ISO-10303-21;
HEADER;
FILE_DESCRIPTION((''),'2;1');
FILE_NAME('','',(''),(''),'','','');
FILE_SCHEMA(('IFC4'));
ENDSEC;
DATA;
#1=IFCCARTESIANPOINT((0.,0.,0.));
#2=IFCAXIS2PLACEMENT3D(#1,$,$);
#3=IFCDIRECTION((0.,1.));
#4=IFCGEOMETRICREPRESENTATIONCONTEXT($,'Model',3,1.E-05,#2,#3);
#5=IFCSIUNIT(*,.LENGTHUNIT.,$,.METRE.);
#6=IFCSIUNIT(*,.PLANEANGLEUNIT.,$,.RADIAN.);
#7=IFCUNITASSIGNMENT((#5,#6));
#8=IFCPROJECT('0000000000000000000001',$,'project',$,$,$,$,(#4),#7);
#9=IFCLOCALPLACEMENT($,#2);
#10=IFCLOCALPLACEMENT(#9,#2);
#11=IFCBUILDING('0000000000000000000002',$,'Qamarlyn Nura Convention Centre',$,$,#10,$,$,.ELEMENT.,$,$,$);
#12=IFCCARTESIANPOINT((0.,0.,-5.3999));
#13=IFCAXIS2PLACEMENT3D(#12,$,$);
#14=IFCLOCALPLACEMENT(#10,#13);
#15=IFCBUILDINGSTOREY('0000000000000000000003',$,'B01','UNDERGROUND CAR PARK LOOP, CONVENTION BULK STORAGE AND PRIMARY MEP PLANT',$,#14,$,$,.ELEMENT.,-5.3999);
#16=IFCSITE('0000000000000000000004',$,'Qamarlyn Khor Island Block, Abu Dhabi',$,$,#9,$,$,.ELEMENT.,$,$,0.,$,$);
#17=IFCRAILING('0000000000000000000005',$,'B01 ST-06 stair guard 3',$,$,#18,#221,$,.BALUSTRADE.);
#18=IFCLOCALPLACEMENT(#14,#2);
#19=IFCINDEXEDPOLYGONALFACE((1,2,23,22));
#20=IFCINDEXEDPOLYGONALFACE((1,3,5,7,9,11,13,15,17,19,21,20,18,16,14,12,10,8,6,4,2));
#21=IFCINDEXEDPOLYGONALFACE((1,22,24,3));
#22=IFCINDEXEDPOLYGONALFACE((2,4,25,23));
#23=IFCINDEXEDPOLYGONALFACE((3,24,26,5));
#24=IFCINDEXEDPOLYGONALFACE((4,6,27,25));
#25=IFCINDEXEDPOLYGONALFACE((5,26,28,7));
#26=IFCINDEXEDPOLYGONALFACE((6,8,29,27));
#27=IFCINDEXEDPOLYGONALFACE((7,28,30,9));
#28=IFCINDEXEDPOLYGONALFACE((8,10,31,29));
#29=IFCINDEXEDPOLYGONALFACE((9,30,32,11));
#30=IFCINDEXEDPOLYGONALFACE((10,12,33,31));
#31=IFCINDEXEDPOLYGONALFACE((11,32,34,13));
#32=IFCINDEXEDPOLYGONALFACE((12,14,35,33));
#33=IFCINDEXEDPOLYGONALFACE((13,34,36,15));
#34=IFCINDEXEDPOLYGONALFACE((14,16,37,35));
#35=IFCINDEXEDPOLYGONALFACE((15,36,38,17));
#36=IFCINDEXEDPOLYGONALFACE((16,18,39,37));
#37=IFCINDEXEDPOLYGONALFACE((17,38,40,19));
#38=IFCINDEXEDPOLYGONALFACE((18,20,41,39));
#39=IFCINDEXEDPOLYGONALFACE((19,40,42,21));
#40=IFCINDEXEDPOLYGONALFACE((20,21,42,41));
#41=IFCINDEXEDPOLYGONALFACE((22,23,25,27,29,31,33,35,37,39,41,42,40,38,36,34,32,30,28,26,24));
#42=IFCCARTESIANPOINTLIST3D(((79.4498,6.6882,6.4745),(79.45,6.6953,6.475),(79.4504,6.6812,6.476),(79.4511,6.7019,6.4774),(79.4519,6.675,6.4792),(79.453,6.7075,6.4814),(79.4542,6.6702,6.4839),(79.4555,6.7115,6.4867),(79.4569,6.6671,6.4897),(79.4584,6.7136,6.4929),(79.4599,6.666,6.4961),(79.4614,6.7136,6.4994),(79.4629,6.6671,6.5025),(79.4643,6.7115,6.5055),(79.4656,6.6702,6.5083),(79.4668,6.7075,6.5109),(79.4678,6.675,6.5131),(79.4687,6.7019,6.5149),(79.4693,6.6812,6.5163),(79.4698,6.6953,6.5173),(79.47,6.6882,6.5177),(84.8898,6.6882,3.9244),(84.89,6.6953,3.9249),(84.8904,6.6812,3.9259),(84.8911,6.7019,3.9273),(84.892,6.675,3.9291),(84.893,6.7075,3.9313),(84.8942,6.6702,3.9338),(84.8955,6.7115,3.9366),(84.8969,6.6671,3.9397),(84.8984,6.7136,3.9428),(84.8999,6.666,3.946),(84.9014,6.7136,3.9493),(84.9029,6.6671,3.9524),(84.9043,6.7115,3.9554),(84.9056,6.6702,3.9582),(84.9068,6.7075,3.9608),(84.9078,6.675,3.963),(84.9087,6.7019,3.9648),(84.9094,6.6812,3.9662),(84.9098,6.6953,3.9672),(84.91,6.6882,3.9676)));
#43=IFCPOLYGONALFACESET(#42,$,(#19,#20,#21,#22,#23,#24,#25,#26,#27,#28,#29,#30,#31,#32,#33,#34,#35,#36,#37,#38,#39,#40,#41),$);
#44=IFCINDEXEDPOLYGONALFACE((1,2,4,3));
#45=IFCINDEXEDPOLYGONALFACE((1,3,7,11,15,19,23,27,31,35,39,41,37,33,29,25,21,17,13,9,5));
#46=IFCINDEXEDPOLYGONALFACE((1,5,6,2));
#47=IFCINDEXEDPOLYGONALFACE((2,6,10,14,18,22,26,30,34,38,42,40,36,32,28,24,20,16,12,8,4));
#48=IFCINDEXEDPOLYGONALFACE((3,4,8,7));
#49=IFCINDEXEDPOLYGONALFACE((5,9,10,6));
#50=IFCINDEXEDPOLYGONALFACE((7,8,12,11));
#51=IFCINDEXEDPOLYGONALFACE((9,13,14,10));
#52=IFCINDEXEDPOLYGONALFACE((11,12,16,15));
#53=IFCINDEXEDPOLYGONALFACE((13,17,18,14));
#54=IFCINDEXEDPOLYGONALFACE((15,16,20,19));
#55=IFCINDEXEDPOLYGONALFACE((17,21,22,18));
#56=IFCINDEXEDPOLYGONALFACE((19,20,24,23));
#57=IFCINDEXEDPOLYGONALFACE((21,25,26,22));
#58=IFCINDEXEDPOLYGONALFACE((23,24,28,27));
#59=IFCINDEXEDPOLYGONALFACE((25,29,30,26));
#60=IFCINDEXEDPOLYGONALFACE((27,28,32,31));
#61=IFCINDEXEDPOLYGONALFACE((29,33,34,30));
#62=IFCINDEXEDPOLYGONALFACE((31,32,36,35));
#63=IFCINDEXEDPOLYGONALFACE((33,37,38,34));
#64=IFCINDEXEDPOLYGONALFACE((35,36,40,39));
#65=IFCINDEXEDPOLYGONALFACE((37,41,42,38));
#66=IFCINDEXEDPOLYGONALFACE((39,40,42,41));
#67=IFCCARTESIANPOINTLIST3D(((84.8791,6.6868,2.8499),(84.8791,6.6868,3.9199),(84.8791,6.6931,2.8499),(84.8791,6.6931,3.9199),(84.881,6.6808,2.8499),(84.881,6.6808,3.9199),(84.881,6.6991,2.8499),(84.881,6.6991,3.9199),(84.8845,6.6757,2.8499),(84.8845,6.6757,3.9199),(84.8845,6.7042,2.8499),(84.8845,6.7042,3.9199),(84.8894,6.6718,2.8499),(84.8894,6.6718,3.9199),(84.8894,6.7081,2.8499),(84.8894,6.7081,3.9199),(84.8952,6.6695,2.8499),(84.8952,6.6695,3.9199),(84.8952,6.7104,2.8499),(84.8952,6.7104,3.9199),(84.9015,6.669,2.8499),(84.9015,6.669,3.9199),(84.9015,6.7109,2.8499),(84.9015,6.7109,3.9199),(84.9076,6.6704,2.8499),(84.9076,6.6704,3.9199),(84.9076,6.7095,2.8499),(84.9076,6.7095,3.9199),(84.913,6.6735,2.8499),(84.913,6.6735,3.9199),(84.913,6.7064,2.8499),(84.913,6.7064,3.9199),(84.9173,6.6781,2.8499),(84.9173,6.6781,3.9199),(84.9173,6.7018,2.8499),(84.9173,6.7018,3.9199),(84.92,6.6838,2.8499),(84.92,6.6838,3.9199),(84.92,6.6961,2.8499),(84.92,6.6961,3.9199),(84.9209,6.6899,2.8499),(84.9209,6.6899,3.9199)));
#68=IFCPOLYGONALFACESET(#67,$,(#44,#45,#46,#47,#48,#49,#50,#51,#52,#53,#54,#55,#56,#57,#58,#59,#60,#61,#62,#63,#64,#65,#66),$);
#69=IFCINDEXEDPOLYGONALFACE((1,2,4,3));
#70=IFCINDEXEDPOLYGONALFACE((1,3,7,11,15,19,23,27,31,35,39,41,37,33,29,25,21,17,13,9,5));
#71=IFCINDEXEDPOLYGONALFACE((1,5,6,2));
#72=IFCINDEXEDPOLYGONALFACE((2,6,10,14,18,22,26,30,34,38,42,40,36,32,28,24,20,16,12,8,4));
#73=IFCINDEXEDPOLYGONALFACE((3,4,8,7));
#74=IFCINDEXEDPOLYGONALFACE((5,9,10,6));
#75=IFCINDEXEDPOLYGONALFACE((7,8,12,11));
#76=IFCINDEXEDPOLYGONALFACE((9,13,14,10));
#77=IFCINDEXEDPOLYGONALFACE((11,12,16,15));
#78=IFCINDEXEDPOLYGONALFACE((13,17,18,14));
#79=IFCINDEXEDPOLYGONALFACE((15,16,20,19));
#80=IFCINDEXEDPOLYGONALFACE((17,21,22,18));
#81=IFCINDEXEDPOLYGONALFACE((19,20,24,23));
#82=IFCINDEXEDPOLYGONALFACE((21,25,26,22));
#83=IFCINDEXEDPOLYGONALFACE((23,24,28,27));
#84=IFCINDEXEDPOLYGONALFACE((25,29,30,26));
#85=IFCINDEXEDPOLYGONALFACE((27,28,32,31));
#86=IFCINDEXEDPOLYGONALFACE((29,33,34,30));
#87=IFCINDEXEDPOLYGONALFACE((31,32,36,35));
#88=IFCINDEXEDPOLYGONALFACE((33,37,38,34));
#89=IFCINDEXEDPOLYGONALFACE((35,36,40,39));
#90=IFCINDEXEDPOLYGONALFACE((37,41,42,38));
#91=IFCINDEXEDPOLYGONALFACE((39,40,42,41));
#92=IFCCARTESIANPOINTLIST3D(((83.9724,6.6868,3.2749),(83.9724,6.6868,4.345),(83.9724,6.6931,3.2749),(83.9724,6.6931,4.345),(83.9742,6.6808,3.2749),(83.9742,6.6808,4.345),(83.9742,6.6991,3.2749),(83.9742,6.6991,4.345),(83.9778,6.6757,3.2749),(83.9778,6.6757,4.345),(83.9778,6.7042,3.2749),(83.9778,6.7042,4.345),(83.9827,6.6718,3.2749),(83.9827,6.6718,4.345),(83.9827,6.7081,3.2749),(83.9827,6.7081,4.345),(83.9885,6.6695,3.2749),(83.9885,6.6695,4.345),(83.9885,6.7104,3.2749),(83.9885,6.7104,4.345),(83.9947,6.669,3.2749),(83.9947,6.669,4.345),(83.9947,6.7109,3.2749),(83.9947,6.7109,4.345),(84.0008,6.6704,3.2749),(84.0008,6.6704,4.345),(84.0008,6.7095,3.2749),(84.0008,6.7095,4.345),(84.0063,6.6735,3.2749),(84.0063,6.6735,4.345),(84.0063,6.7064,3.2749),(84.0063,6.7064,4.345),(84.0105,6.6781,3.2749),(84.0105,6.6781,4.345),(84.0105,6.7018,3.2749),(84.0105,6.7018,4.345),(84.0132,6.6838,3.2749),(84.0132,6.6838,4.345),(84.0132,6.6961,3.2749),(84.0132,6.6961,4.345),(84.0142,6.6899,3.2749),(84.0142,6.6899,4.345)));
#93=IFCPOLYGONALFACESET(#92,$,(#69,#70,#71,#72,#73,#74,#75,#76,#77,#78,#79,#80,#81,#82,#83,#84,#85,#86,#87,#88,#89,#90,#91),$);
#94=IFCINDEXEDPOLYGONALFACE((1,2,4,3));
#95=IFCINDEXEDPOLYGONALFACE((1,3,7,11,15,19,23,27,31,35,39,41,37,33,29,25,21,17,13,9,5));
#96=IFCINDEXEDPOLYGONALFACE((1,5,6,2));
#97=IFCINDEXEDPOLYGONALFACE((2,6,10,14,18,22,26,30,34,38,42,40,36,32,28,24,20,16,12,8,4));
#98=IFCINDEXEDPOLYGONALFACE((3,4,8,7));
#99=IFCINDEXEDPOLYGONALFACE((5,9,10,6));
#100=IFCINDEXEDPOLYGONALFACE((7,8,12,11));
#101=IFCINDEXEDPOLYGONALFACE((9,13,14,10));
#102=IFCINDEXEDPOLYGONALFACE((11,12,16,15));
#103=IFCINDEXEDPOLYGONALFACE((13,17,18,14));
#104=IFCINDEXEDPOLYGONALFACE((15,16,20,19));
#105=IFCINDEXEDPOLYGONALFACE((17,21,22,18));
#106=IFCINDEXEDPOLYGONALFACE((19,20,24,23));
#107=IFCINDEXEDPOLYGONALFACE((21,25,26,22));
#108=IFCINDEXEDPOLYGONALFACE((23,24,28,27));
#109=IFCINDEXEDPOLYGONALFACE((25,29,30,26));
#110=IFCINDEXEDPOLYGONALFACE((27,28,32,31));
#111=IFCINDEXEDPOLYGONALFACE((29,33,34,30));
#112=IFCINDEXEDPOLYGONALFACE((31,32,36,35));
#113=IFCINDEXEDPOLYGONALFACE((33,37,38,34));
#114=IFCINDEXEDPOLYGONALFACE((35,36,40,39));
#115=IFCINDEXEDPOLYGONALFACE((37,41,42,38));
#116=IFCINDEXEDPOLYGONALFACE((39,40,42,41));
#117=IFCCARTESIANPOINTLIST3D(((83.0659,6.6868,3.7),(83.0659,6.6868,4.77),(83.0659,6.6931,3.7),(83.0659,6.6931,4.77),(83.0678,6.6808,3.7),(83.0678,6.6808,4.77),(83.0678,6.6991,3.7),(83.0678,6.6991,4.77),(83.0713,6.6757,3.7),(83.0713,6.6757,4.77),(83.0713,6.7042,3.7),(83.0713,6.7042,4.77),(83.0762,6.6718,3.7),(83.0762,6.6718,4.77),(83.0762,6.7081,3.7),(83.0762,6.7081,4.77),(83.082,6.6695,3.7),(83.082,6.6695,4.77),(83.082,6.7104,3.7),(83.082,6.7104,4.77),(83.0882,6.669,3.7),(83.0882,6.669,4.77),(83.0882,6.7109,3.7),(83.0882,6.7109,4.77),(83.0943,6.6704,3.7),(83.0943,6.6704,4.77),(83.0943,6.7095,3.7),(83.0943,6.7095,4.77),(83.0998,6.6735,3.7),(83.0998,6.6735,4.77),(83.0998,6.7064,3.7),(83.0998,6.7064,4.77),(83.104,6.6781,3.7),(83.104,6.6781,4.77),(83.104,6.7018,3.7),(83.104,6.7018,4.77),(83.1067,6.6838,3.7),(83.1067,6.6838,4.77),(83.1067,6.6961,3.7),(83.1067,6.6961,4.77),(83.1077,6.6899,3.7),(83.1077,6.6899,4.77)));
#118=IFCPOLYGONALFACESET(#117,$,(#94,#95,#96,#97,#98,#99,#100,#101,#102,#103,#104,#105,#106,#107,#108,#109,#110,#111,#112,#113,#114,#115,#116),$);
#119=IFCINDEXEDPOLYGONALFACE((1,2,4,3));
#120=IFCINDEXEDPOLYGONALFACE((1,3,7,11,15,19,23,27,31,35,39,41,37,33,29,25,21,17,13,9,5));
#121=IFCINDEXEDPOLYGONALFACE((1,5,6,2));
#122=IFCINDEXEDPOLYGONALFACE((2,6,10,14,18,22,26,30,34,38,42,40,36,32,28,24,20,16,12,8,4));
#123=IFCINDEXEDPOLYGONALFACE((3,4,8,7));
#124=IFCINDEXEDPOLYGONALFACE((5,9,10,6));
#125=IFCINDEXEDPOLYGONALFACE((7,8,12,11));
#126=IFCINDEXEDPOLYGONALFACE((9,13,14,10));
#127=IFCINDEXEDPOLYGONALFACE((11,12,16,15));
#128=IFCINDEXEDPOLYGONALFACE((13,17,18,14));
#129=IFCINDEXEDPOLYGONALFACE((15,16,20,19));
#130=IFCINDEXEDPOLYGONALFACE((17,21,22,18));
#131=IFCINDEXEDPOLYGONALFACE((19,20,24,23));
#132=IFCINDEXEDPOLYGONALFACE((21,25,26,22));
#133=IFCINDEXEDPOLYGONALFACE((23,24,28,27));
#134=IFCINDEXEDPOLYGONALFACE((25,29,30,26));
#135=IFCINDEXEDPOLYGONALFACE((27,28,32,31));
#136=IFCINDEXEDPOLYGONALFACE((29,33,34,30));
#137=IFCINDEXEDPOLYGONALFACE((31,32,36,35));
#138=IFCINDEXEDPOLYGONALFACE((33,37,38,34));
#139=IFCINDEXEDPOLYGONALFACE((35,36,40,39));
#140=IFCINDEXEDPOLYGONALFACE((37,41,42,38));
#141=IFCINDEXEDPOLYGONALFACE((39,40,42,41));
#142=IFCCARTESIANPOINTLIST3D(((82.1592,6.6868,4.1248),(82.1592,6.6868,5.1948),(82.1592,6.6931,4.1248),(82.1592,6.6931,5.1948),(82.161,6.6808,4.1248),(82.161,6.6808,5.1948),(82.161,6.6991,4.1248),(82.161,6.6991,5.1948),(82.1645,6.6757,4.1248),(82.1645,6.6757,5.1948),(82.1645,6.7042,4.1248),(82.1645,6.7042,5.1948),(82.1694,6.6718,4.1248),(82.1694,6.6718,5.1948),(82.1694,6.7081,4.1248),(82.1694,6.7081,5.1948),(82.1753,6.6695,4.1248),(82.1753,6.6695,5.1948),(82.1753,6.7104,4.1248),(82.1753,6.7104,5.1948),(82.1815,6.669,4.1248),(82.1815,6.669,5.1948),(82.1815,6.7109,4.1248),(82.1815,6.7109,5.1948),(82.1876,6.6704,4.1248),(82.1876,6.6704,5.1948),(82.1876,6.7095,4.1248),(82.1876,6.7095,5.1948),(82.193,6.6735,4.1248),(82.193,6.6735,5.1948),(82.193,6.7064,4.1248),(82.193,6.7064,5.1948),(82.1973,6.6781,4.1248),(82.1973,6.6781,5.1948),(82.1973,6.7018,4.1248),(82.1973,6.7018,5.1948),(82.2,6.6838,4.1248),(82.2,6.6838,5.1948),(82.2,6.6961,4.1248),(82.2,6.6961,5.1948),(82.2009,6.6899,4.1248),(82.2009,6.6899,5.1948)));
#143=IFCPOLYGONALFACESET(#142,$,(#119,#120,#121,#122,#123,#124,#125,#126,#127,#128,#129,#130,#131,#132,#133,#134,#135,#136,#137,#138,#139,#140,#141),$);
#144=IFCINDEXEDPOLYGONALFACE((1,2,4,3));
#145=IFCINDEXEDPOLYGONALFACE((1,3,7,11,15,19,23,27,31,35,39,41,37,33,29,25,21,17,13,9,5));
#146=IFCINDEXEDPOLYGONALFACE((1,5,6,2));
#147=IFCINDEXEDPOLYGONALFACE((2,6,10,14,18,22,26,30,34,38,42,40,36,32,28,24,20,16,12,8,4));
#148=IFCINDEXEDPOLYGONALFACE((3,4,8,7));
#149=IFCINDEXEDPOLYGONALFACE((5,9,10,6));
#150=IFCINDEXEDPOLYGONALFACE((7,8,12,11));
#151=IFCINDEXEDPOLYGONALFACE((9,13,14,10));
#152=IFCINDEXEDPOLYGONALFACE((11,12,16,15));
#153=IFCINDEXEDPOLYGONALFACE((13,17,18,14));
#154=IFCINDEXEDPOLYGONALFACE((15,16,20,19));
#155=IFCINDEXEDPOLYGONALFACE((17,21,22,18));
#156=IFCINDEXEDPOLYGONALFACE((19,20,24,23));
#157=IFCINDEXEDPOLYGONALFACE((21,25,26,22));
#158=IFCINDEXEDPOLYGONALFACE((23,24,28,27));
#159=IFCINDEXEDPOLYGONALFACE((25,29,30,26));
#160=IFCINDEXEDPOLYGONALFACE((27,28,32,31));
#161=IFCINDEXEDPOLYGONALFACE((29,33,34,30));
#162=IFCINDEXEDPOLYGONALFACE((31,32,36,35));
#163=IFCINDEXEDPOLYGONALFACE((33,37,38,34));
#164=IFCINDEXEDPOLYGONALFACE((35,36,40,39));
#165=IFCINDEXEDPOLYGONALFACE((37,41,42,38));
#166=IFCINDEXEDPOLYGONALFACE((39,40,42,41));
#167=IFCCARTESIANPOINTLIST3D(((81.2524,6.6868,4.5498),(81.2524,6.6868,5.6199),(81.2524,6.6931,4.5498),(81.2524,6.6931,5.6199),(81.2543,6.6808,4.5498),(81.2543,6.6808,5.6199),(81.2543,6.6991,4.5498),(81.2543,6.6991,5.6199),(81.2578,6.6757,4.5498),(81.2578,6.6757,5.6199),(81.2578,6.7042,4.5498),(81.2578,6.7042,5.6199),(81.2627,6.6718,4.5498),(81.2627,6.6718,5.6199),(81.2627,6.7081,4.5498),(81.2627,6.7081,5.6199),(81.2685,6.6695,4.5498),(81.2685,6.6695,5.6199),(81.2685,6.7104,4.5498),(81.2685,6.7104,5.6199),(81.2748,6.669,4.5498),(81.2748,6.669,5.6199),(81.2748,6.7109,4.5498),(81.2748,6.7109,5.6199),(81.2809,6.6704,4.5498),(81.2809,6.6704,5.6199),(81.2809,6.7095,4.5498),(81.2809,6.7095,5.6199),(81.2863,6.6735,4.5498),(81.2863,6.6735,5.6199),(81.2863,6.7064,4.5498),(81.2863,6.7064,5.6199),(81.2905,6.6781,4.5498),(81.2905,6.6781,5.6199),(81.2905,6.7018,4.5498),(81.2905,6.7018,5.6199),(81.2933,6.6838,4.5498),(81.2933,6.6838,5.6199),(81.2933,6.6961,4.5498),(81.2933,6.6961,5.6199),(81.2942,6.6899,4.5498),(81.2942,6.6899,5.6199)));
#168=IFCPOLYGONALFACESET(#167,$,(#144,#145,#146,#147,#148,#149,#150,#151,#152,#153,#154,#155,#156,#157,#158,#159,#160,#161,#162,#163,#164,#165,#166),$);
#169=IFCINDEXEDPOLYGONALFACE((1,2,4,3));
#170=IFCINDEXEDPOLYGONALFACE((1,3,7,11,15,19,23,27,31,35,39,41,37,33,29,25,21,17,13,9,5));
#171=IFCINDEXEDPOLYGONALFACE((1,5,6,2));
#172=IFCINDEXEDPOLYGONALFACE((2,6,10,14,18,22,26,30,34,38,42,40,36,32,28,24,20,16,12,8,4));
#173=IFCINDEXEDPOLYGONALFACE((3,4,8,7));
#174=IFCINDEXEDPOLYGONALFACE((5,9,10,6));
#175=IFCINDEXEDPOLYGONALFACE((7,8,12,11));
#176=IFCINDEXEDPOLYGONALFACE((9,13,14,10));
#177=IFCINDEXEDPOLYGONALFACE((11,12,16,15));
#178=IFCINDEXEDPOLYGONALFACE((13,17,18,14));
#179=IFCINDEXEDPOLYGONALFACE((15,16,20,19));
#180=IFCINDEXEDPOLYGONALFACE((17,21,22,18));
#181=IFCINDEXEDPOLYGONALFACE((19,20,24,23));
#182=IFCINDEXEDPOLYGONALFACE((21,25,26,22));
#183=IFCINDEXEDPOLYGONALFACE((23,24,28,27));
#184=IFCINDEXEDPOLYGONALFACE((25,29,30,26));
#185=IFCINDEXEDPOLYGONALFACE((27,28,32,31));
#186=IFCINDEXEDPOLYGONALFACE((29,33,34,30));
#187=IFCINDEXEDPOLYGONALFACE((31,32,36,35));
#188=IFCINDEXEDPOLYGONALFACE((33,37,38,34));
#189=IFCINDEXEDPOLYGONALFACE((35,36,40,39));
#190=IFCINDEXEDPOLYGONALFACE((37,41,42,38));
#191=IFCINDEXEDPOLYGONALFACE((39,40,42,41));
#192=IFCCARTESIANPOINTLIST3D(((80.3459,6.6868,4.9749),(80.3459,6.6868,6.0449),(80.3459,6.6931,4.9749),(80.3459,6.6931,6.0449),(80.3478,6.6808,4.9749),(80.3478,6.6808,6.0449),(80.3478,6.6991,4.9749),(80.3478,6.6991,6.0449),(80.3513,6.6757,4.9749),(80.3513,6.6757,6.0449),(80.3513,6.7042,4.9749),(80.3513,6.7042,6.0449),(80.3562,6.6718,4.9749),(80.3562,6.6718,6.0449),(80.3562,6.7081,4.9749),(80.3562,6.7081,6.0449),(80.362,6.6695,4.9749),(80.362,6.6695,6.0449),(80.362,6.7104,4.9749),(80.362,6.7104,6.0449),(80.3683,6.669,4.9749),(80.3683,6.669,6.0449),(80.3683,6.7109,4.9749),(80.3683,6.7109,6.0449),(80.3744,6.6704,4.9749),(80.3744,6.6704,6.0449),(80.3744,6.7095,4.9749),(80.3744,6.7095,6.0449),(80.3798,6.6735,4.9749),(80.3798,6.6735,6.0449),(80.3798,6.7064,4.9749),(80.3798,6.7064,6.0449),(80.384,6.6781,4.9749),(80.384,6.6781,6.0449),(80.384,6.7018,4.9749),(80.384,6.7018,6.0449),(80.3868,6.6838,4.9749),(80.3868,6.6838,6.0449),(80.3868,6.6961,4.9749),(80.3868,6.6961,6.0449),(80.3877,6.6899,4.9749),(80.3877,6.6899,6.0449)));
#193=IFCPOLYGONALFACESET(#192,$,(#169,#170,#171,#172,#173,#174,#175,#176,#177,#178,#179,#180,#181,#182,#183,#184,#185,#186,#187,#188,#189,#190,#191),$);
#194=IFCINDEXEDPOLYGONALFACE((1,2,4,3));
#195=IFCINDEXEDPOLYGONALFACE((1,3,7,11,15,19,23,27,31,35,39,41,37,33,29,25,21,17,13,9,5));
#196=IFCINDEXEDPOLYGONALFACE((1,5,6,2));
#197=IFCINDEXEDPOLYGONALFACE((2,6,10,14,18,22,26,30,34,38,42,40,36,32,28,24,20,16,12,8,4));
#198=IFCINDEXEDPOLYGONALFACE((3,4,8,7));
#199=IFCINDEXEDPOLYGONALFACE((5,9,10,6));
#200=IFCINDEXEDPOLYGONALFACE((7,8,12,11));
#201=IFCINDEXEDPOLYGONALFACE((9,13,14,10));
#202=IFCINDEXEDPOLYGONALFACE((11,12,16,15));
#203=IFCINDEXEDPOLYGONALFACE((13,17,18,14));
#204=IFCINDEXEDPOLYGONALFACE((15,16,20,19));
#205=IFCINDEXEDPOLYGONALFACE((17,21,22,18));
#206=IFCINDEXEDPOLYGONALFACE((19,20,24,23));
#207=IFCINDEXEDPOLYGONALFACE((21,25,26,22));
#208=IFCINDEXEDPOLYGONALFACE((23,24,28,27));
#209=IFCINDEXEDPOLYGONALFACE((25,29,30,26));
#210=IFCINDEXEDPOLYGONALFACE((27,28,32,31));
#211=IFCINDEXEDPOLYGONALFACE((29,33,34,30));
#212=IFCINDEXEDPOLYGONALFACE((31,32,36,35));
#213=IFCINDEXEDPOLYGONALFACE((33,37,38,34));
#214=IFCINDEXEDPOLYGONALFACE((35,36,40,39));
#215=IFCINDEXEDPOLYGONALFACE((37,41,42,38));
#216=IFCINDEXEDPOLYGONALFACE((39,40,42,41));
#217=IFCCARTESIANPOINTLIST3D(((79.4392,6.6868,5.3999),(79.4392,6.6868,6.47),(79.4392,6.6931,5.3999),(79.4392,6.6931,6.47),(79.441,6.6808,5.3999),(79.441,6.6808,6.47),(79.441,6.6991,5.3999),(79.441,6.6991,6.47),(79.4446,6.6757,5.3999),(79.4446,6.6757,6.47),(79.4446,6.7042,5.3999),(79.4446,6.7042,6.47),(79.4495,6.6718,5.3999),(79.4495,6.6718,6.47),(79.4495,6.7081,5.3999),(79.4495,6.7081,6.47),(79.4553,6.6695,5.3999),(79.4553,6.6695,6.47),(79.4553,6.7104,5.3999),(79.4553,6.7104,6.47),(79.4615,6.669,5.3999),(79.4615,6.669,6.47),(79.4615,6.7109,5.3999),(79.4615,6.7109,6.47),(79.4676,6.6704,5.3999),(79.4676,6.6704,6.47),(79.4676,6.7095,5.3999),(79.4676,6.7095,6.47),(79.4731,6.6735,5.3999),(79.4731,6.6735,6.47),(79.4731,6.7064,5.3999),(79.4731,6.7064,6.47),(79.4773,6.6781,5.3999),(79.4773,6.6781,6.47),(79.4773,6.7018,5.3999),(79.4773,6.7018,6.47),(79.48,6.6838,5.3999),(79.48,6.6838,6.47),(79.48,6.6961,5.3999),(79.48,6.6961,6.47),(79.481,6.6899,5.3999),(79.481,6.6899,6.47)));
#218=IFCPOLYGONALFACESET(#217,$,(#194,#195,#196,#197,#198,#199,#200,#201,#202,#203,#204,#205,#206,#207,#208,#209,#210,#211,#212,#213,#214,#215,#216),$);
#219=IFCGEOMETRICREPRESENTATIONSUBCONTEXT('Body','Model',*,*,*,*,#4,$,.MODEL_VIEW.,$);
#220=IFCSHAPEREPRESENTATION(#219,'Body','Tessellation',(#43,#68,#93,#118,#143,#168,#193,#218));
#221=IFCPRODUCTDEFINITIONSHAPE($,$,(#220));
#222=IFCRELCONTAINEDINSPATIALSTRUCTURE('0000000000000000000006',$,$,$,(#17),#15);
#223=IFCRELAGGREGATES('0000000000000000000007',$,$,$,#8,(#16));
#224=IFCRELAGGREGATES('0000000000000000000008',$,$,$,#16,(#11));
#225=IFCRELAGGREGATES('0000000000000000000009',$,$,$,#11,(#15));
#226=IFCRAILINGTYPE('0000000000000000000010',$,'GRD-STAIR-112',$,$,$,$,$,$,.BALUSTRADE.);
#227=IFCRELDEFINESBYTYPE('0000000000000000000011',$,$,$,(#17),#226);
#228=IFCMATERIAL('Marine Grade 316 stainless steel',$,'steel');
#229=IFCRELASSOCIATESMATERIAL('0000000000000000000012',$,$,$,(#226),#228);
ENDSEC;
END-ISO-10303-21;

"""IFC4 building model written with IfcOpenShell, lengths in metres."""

from ifc_helpers import new_model, si_unit, direction, frame, origin, origin_2d, place, context, subcontext, project, spatial, circle, extrude, material, type_object, element, save


model = new_model("IFC4")

# Units and contexts
model_context = context("Model", 3, precision=1e-05, world=origin(), true_north=direction((0.0, 1.0)))
body_context = subcontext(model_context, "Body", "Model", "MODEL_VIEW")
ifc_project = project(units=[si_unit("LENGTHUNIT", "METRE"), si_unit("PLANEANGLEUNIT", "RADIAN")], contexts=[model_context])

# Site, building, storey
site_placement = place(None, origin())
site = spatial("IfcSite", under=ifc_project, at=site_placement, Name="Qamarlyn Khor Island Block, Abu Dhabi", CompositionType="ELEMENT", RefElevation=0.0)
building_placement = place(site_placement, origin())
building = spatial("IfcBuilding", under=site, at=building_placement, Name="Qamarlyn Nura Convention Centre", CompositionType="ELEMENT")
storey_placement = place(building_placement, frame((0.0, 0.0, -5.3999)))
storey = spatial("IfcBuildingStorey", under=building, at=storey_placement, Name="B01", Description="UNDERGROUND CAR PARK LOOP, CONVENTION BULK STORAGE AND PRIMARY MEP PLANT", CompositionType="ELEMENT", Elevation=-5.3999)

# Railing
ifc_material_1 = material(Name="Marine Grade 316 stainless steel", Category="steel")
railing_type_1 = type_object("IfcRailingType", Name="GRD-STAIR-112", PredefinedType="BALUSTRADE", material=ifc_material_1)
railing_1_placement = place(storey_placement, frame((84.8999, 6.6899, 2.8499)))
element("IfcRailing", 1, at=railing_1_placement, inside=storey, type_object=railing_type_1, Name="B01 ST-06 stair guard 3", PredefinedType="BALUSTRADE", context=body_context, shape_type="SweptSolid", body=[
    extrude(circle(Radius=0.0239, at=origin_2d()), frame((0.0, 0.0, 1.0962), z_axis=(-0.905454, 0.0, 0.424444), x_axis=(0.0, -1.0, 0.0)), (0.0, 0.0, 1.0), 6.0081),
    extrude(circle(Radius=0.021, at=origin_2d()), origin(), (0.0, 0.0, 1.0), 1.0701),
    extrude(circle(Radius=0.021, at=origin_2d()), frame((-0.9067, 0.0, 0.425)), (0.0, 0.0, 1.0), 1.0701),
    extrude(circle(Radius=0.021, at=origin_2d()), frame((-1.8132, 0.0, 0.8501)), (0.0, 0.0, 1.0), 1.0701),
    extrude(circle(Radius=0.021, at=origin_2d()), frame((-2.72, 0.0, 1.2749)), (0.0, 0.0, 1.0), 1.0701),
    extrude(circle(Radius=0.021, at=origin_2d()), frame((-3.6267, 0.0, 1.7)), (0.0, 0.0, 1.0), 1.0701),
    extrude(circle(Radius=0.021, at=origin_2d()), frame((-4.5332, 0.0, 2.125)), (0.0, 0.0, 1.0), 1.0701),
    extrude(circle(Radius=0.021, at=origin_2d()), frame((-5.4399, 0.0, 2.55)), (0.0, 0.0, 1.0), 1.0701),
])

save(model, "model.ifc")
